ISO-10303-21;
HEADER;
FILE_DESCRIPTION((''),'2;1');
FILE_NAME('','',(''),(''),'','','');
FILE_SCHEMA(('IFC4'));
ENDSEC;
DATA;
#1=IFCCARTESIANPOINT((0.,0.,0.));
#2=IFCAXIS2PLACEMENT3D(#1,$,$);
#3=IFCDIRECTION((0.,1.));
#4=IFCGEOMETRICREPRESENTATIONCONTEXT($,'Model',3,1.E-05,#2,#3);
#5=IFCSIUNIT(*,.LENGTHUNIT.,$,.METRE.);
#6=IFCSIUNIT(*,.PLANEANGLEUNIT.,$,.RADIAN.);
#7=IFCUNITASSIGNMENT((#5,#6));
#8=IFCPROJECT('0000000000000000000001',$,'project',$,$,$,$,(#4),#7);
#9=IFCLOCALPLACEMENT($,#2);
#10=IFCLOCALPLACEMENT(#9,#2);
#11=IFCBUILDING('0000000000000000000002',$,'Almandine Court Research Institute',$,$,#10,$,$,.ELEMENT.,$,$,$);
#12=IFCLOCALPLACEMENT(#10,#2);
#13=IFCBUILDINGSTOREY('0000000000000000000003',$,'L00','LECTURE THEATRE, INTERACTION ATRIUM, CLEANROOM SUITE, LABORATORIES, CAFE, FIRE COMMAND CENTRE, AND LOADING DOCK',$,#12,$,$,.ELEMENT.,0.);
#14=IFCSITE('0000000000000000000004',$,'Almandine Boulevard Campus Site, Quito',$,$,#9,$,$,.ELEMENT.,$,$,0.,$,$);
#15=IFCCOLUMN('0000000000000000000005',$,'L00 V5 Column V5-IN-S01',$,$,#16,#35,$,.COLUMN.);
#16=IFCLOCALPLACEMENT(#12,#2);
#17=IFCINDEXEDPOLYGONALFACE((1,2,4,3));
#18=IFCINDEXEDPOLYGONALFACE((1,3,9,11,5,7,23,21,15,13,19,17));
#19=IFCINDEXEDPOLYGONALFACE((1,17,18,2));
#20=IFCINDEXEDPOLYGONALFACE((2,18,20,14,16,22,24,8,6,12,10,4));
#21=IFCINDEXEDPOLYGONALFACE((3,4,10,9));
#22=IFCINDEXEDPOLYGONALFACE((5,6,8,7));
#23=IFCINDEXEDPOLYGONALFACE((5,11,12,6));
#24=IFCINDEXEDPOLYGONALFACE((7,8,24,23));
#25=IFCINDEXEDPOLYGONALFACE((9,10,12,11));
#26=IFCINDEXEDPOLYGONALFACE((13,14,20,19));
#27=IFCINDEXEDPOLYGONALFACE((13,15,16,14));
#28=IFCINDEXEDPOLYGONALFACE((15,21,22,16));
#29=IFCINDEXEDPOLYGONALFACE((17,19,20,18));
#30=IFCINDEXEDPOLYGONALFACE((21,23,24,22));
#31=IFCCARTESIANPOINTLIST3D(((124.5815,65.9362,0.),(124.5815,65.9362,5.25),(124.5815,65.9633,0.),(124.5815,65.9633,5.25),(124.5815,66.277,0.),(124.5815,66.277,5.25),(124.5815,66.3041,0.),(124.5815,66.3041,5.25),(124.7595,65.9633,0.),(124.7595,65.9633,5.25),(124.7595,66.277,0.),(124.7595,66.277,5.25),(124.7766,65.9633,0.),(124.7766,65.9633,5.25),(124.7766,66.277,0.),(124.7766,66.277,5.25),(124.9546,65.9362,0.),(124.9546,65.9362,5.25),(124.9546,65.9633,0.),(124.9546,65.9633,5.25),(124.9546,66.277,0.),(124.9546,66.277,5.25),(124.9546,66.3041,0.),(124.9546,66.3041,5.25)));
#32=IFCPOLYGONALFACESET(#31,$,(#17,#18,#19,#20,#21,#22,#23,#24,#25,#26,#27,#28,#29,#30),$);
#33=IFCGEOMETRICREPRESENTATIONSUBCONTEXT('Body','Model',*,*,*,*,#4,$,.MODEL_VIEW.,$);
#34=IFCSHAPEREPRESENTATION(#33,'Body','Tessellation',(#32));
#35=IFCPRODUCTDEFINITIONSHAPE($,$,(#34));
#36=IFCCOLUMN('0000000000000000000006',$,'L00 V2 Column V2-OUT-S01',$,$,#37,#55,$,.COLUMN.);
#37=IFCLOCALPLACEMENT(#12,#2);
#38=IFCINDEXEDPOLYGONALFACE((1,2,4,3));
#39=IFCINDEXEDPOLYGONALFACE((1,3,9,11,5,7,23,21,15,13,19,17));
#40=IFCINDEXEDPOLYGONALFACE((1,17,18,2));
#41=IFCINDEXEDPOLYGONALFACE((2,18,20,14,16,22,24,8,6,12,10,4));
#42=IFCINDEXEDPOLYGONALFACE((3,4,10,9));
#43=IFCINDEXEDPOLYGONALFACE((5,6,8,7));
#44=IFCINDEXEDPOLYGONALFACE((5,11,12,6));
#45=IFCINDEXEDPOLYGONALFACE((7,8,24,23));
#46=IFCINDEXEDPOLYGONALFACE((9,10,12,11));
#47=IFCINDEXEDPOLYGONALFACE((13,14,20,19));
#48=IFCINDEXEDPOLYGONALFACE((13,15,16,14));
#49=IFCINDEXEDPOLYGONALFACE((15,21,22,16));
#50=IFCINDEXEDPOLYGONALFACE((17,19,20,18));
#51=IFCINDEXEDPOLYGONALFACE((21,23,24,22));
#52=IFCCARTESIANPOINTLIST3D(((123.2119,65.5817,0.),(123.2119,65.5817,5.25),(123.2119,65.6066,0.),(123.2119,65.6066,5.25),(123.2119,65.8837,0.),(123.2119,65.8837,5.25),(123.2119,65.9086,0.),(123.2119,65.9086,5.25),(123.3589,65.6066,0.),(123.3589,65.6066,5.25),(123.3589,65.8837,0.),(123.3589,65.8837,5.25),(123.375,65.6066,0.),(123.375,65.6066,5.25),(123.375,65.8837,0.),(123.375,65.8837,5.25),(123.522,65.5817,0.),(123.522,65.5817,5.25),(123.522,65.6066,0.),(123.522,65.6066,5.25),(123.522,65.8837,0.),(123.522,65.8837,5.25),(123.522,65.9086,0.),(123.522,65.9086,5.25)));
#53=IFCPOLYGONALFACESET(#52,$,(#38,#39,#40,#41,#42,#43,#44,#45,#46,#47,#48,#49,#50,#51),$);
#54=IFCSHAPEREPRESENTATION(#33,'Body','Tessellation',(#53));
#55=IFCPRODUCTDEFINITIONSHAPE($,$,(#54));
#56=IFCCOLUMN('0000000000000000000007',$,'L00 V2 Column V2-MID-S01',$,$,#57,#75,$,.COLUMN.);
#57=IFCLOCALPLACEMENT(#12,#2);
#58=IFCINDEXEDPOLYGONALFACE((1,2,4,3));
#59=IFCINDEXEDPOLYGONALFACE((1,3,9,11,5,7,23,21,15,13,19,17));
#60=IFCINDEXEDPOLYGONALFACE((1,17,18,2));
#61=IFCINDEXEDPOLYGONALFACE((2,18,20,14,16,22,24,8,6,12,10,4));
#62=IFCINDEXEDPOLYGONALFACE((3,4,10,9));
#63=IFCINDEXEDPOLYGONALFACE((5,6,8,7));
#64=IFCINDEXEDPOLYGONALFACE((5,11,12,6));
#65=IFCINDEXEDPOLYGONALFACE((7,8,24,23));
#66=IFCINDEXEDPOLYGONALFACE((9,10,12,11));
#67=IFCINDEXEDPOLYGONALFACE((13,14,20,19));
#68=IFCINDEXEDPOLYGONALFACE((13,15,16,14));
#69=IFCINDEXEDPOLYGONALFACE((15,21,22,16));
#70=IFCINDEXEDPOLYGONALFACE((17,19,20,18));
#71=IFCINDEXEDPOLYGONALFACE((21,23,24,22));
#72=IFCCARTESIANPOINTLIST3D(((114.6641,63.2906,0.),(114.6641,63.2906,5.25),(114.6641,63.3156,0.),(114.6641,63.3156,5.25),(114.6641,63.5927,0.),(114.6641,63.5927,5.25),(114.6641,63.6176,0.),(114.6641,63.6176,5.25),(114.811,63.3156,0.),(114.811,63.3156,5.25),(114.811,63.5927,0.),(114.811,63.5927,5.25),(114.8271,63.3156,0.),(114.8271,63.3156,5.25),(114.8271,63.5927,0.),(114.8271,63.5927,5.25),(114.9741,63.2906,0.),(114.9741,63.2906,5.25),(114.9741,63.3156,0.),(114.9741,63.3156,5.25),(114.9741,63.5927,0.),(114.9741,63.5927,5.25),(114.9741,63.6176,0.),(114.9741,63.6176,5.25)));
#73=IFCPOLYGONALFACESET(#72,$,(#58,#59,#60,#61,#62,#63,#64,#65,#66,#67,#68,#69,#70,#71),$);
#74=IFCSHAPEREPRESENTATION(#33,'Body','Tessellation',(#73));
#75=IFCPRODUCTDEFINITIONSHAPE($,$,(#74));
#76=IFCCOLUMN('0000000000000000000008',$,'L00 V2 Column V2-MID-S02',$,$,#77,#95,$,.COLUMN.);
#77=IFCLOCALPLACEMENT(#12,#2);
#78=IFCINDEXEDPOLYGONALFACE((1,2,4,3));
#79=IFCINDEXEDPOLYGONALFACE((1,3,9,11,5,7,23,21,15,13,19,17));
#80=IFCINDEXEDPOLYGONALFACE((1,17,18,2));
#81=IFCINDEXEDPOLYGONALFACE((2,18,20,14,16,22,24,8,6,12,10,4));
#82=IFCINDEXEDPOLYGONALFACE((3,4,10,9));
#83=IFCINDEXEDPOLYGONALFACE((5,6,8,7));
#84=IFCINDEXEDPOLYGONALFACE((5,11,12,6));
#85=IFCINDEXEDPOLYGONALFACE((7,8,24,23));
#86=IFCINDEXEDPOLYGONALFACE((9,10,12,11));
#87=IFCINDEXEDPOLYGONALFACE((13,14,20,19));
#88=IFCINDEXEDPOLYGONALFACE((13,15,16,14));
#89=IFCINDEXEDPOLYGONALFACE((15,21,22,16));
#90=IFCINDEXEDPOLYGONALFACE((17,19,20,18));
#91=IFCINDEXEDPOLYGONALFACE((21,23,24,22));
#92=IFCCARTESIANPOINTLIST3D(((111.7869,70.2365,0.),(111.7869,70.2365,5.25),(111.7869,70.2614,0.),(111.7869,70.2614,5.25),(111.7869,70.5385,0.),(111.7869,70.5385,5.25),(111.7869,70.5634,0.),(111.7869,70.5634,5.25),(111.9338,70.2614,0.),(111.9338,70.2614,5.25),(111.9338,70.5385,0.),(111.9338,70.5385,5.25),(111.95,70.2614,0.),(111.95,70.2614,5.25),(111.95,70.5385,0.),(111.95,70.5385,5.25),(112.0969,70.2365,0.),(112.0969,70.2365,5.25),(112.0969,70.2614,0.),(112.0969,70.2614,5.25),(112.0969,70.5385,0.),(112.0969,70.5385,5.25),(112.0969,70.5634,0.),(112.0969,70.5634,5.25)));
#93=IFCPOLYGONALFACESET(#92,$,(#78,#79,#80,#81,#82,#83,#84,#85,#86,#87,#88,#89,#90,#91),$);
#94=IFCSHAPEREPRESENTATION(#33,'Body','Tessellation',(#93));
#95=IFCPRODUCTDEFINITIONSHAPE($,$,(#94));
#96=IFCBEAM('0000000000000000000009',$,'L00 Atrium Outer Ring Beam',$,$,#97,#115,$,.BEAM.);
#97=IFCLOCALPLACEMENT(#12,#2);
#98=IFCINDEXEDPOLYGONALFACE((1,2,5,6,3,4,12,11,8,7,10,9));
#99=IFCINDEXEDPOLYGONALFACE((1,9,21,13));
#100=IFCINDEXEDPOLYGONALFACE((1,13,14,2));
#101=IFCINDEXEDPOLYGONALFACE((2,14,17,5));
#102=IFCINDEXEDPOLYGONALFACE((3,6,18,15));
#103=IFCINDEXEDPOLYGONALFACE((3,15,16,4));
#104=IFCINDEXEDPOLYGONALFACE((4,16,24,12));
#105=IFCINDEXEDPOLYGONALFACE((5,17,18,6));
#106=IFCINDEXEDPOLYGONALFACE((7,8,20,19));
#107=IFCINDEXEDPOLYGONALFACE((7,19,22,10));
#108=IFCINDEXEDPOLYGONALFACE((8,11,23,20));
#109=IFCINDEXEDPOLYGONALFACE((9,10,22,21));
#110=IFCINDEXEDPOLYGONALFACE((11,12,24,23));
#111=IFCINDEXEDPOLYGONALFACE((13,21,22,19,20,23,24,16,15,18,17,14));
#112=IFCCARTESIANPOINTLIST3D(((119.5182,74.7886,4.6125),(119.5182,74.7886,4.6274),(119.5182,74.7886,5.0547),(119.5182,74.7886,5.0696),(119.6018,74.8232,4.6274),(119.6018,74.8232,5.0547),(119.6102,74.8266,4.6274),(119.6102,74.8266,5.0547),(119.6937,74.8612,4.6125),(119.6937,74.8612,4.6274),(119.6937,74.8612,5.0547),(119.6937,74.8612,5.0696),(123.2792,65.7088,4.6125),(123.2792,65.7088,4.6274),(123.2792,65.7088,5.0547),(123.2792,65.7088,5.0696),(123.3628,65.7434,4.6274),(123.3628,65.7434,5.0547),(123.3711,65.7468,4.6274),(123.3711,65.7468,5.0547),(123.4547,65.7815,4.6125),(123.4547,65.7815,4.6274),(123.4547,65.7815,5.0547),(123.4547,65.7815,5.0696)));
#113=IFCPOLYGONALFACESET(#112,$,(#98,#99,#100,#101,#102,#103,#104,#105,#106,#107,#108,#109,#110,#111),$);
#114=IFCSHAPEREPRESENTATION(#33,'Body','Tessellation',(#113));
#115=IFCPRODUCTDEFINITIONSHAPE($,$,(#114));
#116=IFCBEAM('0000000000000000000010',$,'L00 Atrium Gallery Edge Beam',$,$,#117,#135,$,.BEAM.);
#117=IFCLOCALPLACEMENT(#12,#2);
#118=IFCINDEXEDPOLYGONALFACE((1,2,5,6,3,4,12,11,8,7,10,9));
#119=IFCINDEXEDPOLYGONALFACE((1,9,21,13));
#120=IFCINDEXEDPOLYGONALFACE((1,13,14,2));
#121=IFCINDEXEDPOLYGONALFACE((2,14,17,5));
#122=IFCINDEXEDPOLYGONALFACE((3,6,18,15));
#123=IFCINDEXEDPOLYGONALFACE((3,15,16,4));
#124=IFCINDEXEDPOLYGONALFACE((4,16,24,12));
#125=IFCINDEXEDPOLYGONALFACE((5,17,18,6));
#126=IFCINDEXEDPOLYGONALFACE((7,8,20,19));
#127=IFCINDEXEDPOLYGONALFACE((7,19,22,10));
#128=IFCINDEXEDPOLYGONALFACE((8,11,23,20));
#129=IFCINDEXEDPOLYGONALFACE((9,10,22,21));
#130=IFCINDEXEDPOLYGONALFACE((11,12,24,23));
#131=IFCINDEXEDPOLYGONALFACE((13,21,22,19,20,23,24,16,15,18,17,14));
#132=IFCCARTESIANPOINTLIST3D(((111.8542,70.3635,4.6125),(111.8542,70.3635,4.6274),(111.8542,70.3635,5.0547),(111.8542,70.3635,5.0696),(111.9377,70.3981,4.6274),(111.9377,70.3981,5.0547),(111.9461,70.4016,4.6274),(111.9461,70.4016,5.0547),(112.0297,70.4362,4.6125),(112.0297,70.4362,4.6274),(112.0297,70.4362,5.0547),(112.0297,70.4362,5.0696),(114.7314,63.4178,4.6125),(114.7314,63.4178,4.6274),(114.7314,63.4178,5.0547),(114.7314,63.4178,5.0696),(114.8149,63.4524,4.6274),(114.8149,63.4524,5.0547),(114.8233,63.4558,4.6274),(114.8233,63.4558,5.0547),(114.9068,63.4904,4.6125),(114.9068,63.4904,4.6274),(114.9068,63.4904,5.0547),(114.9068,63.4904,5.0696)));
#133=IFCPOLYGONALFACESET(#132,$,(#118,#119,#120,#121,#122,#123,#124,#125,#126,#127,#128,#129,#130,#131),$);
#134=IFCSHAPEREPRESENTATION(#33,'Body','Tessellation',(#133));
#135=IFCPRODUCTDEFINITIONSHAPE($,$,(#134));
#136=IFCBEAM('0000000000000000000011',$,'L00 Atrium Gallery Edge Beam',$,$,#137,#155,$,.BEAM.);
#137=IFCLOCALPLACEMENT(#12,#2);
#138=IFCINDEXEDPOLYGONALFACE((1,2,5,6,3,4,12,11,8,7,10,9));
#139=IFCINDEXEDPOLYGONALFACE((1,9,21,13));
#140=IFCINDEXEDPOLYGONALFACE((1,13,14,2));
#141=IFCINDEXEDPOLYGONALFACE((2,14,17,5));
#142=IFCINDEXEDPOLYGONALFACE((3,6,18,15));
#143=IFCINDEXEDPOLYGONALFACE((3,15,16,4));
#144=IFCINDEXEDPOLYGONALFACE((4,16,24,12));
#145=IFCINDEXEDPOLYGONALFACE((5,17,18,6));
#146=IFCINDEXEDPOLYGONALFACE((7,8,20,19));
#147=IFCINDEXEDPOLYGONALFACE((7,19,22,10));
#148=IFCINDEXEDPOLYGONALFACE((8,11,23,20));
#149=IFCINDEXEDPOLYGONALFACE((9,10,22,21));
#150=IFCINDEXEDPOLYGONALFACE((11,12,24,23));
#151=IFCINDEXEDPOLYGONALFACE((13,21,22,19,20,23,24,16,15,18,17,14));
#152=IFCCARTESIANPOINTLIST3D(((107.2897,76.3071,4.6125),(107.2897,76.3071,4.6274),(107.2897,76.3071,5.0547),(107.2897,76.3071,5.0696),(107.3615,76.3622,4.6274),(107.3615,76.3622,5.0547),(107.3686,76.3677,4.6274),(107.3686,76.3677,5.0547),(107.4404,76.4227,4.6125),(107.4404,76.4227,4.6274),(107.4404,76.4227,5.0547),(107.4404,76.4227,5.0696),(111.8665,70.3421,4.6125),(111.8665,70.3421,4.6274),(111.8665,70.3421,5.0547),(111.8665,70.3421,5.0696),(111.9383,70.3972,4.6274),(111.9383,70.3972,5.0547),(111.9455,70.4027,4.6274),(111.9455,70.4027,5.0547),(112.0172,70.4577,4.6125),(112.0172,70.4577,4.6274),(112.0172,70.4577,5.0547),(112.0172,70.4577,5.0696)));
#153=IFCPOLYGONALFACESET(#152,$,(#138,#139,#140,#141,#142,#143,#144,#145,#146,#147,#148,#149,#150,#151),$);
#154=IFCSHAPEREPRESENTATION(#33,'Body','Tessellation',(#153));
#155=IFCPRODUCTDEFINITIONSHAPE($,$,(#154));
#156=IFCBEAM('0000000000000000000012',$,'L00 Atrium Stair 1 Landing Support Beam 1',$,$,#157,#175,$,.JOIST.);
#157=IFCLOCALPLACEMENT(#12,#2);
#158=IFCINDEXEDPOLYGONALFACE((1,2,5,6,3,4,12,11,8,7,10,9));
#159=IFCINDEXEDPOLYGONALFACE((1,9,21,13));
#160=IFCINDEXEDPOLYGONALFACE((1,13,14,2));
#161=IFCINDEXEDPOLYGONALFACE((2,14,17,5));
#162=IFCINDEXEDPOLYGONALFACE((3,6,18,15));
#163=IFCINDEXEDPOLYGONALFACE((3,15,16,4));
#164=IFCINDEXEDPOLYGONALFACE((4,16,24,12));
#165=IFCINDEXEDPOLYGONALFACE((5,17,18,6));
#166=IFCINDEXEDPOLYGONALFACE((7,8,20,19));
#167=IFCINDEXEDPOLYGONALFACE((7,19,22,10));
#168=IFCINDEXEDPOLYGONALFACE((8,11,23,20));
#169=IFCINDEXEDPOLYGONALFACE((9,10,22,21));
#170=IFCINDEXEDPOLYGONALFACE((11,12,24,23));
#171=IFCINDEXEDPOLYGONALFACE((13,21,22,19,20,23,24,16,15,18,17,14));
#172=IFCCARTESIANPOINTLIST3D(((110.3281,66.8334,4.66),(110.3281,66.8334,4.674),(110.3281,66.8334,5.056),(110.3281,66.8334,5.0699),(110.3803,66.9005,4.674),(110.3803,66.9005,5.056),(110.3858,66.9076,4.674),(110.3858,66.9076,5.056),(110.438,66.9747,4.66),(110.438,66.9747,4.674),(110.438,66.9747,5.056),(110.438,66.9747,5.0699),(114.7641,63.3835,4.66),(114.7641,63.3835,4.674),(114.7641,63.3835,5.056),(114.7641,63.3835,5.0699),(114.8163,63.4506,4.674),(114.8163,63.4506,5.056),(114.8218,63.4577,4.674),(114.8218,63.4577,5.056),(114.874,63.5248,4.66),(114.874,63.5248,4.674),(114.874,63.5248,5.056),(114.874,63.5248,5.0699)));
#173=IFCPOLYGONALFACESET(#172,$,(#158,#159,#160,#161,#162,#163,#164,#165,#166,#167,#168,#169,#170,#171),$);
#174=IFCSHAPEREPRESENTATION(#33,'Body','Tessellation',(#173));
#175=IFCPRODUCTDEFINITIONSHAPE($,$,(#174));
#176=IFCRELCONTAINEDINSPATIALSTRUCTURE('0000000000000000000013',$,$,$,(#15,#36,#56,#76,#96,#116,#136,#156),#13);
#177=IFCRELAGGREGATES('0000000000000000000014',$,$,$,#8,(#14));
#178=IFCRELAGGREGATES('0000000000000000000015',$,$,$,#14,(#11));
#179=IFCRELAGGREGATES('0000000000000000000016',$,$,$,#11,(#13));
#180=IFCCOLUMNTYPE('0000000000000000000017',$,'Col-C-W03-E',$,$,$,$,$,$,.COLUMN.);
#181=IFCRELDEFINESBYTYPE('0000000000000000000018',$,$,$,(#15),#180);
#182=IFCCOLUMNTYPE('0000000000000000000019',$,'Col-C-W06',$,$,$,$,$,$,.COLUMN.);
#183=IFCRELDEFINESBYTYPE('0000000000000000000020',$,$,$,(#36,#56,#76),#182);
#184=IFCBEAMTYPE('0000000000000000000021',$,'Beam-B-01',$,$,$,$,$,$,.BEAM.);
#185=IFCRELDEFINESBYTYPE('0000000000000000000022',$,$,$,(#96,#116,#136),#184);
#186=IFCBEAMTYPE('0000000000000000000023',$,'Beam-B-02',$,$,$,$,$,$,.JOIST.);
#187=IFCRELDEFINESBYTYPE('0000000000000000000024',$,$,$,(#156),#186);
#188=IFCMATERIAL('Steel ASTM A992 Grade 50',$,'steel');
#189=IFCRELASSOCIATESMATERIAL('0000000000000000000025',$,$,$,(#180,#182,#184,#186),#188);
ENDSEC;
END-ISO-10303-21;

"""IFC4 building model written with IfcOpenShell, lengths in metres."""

from ifc_helpers import new_model, si_unit, direction, frame, origin, origin_2d, place, context, subcontext, project, spatial, i_section, extrude, material, material_profile, profile_set, type_object, element, save


model = new_model("IFC4")

# Units and contexts
model_context = context("Model", 3, precision=1e-05, world=origin(), true_north=direction((0.0, 1.0)))
body_context = subcontext(model_context, "Body", "Model", "MODEL_VIEW")
ifc_project = project(units=[si_unit("LENGTHUNIT", "METRE"), si_unit("PLANEANGLEUNIT", "RADIAN")], contexts=[model_context])

# Site, building, storey
site_placement = place(None, origin())
site = spatial("IfcSite", under=ifc_project, at=site_placement, Name="Almandine Boulevard Campus Site, Quito", CompositionType="ELEMENT", RefElevation=0.0)
building_placement = place(site_placement, origin())
building = spatial("IfcBuilding", under=site, at=building_placement, Name="Almandine Court Research Institute", CompositionType="ELEMENT")
storey_placement = place(building_placement, origin())
storey = spatial("IfcBuildingStorey", under=building, at=storey_placement, Name="L00", Description="LECTURE THEATRE, INTERACTION ATRIUM, CLEANROOM SUITE, LABORATORIES, CAFE, FIRE COMMAND CENTRE, AND LOADING DOCK", CompositionType="ELEMENT", Elevation=0.0)

# Columns
ifc_material_1 = material(Name="Steel ASTM A992 Grade 50", Category="steel")
ifc_material_profile_1 = material_profile(ifc_material_1, i_section(OverallWidth=0.373, OverallDepth=0.3679, WebThickness=0.0171, FlangeThickness=0.0271, at=origin_2d()), Name="W360x179")
ifc_profile_set_1 = profile_set([ifc_material_profile_1], Name="Steel ASTM A992 Grade 50")
column_type_1 = type_object("IfcColumnType", Name="Col-C-W03-E", PredefinedType="COLUMN", material=ifc_profile_set_1)
column_placement = place(storey_placement, frame((124.7681, 66.1201, 0.0), z_axis=(0.0, 0.0, 1.0), x_axis=(1.0, 0.0, 0.0)))
element("IfcColumn", 1, at=column_placement, inside=storey, type_object=column_type_1, Name="L00 V5 Column V5-IN-S01", PredefinedType="COLUMN", context=body_context, shape_type="SweptSolid", body=[
    extrude(i_section(OverallWidth=0.373, OverallDepth=0.3679, WebThickness=0.0171, FlangeThickness=0.0271, at=origin_2d()), origin(), (0.0, 0.0, 1.0), 5.25),
])
ifc_material_profile_2 = material_profile(ifc_material_1, i_section(OverallWidth=0.3101, OverallDepth=0.3269, WebThickness=0.0161, FlangeThickness=0.0249, at=origin_2d()), Name="W310x158")
ifc_profile_set_2 = profile_set([ifc_material_profile_2], Name="Steel ASTM A992 Grade 50")
column_type_2 = type_object("IfcColumnType", Name="Col-C-W06", PredefinedType="COLUMN", material=ifc_profile_set_2)
for number, where, z_axis, x_axis, name in (
    (2, (123.3669, 65.7451, 0.0), (0.0, 0.0, 1.0), (1.0, 0.0, 0.0), "L00 V2 Column V2-OUT-S01"),
    (3, (114.8191, 63.4541, 0.0), (0.0, 0.0, 1.0), (1.0, 0.0, 0.0), "L00 V2 Column V2-MID-S01"),
    (4, (111.9419, 70.3999, 0.0), (0.0, 0.0, 1.0), (1.0, 0.0, 0.0), "L00 V2 Column V2-MID-S02"),
):
    element("IfcColumn", number, at=place(storey_placement, frame(where, z_axis=z_axis, x_axis=x_axis)), inside=storey, type_object=column_type_2, Name=name, PredefinedType="COLUMN", context=body_context, shape_type="SweptSolid", body=[
        extrude(i_section(OverallWidth=0.3101, OverallDepth=0.3269, WebThickness=0.0161, FlangeThickness=0.0249, at=origin_2d()), origin(), (0.0, 0.0, 1.0), 5.25),
    ])

# Beams
ifc_material_profile_3 = material_profile(ifc_material_1, i_section(OverallWidth=0.1899, OverallDepth=0.457, WebThickness=0.009, FlangeThickness=0.0149, at=origin_2d()), Name="W460x74")
ifc_profile_set_3 = profile_set([ifc_material_profile_3], Name="Steel ASTM A992 Grade 50")
beam_type_1 = type_object("IfcBeamType", Name="Beam-B-01", PredefinedType="BEAM", material=ifc_profile_set_3)
beam_1_placement = place(storey_placement, frame((123.3669, 65.7451, 4.8411), z_axis=(-0.382683, 0.92388, 0.0), x_axis=(-0.92388, -0.382683, 0.0)))
element("IfcBeam", 5, at=beam_1_placement, inside=storey, type_object=beam_type_1, Name="L00 Atrium Outer Ring Beam", PredefinedType="BEAM", context=body_context, shape_type="SweptSolid", body=[
    extrude(i_section(OverallWidth=0.1899, OverallDepth=0.457, WebThickness=0.009, FlangeThickness=0.0149, at=origin_2d()), origin(), (0.0, 0.0, 1.0), 9.8279),
])
beam_2_placement = place(storey_placement, frame((114.8191, 63.4541, 4.8411), z_axis=(-0.382701, 0.923872, 0.0), x_axis=(-0.923872, -0.382701, 0.0)))
element("IfcBeam", 6, at=beam_2_placement, inside=storey, type_object=beam_type_1, Name="L00 Atrium Gallery Edge Beam", PredefinedType="BEAM", context=body_context, shape_type="SweptSolid", body=[
    extrude(i_section(OverallWidth=0.1899, OverallDepth=0.457, WebThickness=0.009, FlangeThickness=0.0149, at=origin_2d()), origin(), (0.0, 0.0, 1.0), 7.5181),
])
beam_3_placement = place(storey_placement, frame((111.9419, 70.3999, 4.8411), z_axis=(-0.608739, 0.793371, 0.0), x_axis=(-0.793371, -0.608739, 0.0)))
element("IfcBeam", 7, at=beam_3_placement, inside=storey, type_object=beam_type_1, Name="L00 Atrium Gallery Edge Beam", PredefinedType="BEAM", context=body_context, shape_type="SweptSolid", body=[
    extrude(i_section(OverallWidth=0.1899, OverallDepth=0.457, WebThickness=0.009, FlangeThickness=0.0149, at=origin_2d()), origin(), (0.0, 0.0, 1.0), 7.5186),
])
ifc_material_profile_4 = material_profile(ifc_material_1, i_section(OverallWidth=0.179, OverallDepth=0.4099, WebThickness=0.009, FlangeThickness=0.0139, at=origin_2d()), Name="W410x67")
ifc_profile_set_4 = profile_set([ifc_material_profile_4], Name="Steel ASTM A992 Grade 50")
beam_type_2 = type_object("IfcBeamType", Name="Beam-B-02", PredefinedType="JOIST", material=ifc_profile_set_4)
beam_4_placement = place(storey_placement, frame((110.3831, 66.9041, 4.865), z_axis=(0.789378, -0.613908, 0.0), x_axis=(0.613908, 0.789378, 0.0)))
element("IfcBeam", 8, at=beam_4_placement, inside=storey, type_object=beam_type_2, Name="L00 Atrium Stair 1 Landing Support Beam 1", PredefinedType="JOIST", context=body_context, shape_type="SweptSolid", body=[
    extrude(i_section(OverallWidth=0.179, OverallDepth=0.4099, WebThickness=0.009, FlangeThickness=0.0139, at=origin_2d()), origin(), (0.0, 0.0, 1.0), 5.6196),
])

save(model, "model.ifc")
